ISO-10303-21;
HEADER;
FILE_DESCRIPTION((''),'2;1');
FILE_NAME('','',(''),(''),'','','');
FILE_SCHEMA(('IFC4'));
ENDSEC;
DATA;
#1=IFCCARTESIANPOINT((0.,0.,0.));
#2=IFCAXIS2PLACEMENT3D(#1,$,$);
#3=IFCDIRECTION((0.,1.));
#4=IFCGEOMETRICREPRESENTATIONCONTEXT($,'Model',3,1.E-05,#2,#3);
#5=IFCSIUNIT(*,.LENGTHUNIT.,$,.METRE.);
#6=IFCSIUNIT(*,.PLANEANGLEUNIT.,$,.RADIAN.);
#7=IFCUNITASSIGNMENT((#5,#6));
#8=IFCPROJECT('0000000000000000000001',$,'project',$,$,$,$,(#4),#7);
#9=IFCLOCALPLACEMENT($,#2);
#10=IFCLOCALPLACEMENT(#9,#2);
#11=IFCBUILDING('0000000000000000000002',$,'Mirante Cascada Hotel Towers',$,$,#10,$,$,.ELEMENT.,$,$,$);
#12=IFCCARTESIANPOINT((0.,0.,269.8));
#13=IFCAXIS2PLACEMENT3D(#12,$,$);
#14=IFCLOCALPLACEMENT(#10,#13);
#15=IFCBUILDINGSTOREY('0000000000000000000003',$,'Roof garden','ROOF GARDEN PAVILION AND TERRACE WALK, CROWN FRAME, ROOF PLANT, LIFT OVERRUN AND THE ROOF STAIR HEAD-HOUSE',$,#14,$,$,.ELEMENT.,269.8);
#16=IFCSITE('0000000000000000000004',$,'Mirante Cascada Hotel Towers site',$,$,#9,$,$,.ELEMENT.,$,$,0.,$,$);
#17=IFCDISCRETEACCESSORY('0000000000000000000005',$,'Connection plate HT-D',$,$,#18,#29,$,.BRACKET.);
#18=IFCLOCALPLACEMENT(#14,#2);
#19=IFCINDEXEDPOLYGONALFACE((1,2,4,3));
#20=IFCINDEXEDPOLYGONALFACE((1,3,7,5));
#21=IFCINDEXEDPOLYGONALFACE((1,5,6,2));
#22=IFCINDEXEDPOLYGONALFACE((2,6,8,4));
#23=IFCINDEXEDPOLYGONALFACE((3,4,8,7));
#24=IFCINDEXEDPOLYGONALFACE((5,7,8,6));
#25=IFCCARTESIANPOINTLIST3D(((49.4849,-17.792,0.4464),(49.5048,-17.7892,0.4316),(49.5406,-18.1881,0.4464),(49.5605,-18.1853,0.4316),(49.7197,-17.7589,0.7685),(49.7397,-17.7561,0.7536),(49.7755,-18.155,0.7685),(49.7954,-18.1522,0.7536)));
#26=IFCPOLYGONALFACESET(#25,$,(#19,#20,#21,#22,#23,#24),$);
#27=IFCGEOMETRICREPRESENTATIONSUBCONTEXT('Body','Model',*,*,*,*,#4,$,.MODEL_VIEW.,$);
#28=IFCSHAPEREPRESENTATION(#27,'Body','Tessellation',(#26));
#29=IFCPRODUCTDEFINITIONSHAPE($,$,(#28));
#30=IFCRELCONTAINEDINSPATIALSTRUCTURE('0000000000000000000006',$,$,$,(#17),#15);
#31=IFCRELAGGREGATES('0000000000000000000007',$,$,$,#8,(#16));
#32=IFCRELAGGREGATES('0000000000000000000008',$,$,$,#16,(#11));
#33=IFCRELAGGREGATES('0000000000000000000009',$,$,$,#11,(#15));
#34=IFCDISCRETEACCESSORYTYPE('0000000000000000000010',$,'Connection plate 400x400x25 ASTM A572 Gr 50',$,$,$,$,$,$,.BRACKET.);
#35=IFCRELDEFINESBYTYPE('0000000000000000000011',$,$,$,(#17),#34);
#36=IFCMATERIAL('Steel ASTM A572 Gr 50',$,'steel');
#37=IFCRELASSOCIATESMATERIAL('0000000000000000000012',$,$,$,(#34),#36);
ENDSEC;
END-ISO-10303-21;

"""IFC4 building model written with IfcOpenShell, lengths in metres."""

from ifc_helpers import new_model, si_unit, direction, frame, origin, origin_2d, place, context, subcontext, project, spatial, rectangle, extrude, material, material_profile, profile_set, type_object, element, save


model = new_model("IFC4")

# Units and contexts
model_context = context("Model", 3, precision=1e-05, world=origin(), true_north=direction((0.0, 1.0)))
body_context = subcontext(model_context, "Body", "Model", "MODEL_VIEW")
ifc_project = project(units=[si_unit("LENGTHUNIT", "METRE"), si_unit("PLANEANGLEUNIT", "RADIAN")], contexts=[model_context])

# Site, building, storey
site_placement = place(None, origin())
site = spatial("IfcSite", under=ifc_project, at=site_placement, Name="Mirante Cascada Hotel Towers site", CompositionType="ELEMENT", RefElevation=0.0)
building_placement = place(site_placement, origin())
building = spatial("IfcBuilding", under=site, at=building_placement, Name="Mirante Cascada Hotel Towers", CompositionType="ELEMENT")
storey_placement = place(building_placement, frame((0.0, 0.0, 269.8)))
storey = spatial("IfcBuildingStorey", under=building, at=storey_placement, Name="Roof garden", Description="ROOF GARDEN PAVILION AND TERRACE WALK, CROWN FRAME, ROOF PLANT, LIFT OVERRUN AND THE ROOF STAIR HEAD-HOUSE", CompositionType="ELEMENT", Elevation=269.8)

# Discrete accessory
ifc_material_1 = material(Name="Steel ASTM A572 Gr 50", Category="steel")
ifc_material_profile_1 = material_profile(ifc_material_1, rectangle(XDim=0.4, YDim=0.4, at=origin_2d()), Name="Connection plate 400x400x25 ASTM A572 Gr 50")
ifc_profile_set_1 = profile_set([ifc_material_profile_1], Name="Steel ASTM A572 Gr 50")
discrete_accessory_type = type_object("IfcDiscreteAccessoryType", Name="Connection plate 400x400x25 ASTM A572 Gr 50", PredefinedType="BRACKET", material=ifc_profile_set_1)
for number, where, z_axis, x_axis, name in (
    (1, (49.6501, -17.9707, 0.5926), (-0.797347, -0.112189, 0.593002), (0.139331, -0.990246, 0.0), "Connection plate HT-D"),
):
    element("IfcDiscreteAccessory", number, at=place(storey_placement, frame(where, z_axis=z_axis, x_axis=x_axis)), inside=storey, type_object=discrete_accessory_type, Name=name, PredefinedType="BRACKET", context=body_context, shape_type="SweptSolid", body=[
        extrude(rectangle(XDim=0.4, YDim=0.4, at=origin_2d()), origin(), (0.0, 0.0, 1.0), 0.025),
    ])

save(model, "model.ifc")
